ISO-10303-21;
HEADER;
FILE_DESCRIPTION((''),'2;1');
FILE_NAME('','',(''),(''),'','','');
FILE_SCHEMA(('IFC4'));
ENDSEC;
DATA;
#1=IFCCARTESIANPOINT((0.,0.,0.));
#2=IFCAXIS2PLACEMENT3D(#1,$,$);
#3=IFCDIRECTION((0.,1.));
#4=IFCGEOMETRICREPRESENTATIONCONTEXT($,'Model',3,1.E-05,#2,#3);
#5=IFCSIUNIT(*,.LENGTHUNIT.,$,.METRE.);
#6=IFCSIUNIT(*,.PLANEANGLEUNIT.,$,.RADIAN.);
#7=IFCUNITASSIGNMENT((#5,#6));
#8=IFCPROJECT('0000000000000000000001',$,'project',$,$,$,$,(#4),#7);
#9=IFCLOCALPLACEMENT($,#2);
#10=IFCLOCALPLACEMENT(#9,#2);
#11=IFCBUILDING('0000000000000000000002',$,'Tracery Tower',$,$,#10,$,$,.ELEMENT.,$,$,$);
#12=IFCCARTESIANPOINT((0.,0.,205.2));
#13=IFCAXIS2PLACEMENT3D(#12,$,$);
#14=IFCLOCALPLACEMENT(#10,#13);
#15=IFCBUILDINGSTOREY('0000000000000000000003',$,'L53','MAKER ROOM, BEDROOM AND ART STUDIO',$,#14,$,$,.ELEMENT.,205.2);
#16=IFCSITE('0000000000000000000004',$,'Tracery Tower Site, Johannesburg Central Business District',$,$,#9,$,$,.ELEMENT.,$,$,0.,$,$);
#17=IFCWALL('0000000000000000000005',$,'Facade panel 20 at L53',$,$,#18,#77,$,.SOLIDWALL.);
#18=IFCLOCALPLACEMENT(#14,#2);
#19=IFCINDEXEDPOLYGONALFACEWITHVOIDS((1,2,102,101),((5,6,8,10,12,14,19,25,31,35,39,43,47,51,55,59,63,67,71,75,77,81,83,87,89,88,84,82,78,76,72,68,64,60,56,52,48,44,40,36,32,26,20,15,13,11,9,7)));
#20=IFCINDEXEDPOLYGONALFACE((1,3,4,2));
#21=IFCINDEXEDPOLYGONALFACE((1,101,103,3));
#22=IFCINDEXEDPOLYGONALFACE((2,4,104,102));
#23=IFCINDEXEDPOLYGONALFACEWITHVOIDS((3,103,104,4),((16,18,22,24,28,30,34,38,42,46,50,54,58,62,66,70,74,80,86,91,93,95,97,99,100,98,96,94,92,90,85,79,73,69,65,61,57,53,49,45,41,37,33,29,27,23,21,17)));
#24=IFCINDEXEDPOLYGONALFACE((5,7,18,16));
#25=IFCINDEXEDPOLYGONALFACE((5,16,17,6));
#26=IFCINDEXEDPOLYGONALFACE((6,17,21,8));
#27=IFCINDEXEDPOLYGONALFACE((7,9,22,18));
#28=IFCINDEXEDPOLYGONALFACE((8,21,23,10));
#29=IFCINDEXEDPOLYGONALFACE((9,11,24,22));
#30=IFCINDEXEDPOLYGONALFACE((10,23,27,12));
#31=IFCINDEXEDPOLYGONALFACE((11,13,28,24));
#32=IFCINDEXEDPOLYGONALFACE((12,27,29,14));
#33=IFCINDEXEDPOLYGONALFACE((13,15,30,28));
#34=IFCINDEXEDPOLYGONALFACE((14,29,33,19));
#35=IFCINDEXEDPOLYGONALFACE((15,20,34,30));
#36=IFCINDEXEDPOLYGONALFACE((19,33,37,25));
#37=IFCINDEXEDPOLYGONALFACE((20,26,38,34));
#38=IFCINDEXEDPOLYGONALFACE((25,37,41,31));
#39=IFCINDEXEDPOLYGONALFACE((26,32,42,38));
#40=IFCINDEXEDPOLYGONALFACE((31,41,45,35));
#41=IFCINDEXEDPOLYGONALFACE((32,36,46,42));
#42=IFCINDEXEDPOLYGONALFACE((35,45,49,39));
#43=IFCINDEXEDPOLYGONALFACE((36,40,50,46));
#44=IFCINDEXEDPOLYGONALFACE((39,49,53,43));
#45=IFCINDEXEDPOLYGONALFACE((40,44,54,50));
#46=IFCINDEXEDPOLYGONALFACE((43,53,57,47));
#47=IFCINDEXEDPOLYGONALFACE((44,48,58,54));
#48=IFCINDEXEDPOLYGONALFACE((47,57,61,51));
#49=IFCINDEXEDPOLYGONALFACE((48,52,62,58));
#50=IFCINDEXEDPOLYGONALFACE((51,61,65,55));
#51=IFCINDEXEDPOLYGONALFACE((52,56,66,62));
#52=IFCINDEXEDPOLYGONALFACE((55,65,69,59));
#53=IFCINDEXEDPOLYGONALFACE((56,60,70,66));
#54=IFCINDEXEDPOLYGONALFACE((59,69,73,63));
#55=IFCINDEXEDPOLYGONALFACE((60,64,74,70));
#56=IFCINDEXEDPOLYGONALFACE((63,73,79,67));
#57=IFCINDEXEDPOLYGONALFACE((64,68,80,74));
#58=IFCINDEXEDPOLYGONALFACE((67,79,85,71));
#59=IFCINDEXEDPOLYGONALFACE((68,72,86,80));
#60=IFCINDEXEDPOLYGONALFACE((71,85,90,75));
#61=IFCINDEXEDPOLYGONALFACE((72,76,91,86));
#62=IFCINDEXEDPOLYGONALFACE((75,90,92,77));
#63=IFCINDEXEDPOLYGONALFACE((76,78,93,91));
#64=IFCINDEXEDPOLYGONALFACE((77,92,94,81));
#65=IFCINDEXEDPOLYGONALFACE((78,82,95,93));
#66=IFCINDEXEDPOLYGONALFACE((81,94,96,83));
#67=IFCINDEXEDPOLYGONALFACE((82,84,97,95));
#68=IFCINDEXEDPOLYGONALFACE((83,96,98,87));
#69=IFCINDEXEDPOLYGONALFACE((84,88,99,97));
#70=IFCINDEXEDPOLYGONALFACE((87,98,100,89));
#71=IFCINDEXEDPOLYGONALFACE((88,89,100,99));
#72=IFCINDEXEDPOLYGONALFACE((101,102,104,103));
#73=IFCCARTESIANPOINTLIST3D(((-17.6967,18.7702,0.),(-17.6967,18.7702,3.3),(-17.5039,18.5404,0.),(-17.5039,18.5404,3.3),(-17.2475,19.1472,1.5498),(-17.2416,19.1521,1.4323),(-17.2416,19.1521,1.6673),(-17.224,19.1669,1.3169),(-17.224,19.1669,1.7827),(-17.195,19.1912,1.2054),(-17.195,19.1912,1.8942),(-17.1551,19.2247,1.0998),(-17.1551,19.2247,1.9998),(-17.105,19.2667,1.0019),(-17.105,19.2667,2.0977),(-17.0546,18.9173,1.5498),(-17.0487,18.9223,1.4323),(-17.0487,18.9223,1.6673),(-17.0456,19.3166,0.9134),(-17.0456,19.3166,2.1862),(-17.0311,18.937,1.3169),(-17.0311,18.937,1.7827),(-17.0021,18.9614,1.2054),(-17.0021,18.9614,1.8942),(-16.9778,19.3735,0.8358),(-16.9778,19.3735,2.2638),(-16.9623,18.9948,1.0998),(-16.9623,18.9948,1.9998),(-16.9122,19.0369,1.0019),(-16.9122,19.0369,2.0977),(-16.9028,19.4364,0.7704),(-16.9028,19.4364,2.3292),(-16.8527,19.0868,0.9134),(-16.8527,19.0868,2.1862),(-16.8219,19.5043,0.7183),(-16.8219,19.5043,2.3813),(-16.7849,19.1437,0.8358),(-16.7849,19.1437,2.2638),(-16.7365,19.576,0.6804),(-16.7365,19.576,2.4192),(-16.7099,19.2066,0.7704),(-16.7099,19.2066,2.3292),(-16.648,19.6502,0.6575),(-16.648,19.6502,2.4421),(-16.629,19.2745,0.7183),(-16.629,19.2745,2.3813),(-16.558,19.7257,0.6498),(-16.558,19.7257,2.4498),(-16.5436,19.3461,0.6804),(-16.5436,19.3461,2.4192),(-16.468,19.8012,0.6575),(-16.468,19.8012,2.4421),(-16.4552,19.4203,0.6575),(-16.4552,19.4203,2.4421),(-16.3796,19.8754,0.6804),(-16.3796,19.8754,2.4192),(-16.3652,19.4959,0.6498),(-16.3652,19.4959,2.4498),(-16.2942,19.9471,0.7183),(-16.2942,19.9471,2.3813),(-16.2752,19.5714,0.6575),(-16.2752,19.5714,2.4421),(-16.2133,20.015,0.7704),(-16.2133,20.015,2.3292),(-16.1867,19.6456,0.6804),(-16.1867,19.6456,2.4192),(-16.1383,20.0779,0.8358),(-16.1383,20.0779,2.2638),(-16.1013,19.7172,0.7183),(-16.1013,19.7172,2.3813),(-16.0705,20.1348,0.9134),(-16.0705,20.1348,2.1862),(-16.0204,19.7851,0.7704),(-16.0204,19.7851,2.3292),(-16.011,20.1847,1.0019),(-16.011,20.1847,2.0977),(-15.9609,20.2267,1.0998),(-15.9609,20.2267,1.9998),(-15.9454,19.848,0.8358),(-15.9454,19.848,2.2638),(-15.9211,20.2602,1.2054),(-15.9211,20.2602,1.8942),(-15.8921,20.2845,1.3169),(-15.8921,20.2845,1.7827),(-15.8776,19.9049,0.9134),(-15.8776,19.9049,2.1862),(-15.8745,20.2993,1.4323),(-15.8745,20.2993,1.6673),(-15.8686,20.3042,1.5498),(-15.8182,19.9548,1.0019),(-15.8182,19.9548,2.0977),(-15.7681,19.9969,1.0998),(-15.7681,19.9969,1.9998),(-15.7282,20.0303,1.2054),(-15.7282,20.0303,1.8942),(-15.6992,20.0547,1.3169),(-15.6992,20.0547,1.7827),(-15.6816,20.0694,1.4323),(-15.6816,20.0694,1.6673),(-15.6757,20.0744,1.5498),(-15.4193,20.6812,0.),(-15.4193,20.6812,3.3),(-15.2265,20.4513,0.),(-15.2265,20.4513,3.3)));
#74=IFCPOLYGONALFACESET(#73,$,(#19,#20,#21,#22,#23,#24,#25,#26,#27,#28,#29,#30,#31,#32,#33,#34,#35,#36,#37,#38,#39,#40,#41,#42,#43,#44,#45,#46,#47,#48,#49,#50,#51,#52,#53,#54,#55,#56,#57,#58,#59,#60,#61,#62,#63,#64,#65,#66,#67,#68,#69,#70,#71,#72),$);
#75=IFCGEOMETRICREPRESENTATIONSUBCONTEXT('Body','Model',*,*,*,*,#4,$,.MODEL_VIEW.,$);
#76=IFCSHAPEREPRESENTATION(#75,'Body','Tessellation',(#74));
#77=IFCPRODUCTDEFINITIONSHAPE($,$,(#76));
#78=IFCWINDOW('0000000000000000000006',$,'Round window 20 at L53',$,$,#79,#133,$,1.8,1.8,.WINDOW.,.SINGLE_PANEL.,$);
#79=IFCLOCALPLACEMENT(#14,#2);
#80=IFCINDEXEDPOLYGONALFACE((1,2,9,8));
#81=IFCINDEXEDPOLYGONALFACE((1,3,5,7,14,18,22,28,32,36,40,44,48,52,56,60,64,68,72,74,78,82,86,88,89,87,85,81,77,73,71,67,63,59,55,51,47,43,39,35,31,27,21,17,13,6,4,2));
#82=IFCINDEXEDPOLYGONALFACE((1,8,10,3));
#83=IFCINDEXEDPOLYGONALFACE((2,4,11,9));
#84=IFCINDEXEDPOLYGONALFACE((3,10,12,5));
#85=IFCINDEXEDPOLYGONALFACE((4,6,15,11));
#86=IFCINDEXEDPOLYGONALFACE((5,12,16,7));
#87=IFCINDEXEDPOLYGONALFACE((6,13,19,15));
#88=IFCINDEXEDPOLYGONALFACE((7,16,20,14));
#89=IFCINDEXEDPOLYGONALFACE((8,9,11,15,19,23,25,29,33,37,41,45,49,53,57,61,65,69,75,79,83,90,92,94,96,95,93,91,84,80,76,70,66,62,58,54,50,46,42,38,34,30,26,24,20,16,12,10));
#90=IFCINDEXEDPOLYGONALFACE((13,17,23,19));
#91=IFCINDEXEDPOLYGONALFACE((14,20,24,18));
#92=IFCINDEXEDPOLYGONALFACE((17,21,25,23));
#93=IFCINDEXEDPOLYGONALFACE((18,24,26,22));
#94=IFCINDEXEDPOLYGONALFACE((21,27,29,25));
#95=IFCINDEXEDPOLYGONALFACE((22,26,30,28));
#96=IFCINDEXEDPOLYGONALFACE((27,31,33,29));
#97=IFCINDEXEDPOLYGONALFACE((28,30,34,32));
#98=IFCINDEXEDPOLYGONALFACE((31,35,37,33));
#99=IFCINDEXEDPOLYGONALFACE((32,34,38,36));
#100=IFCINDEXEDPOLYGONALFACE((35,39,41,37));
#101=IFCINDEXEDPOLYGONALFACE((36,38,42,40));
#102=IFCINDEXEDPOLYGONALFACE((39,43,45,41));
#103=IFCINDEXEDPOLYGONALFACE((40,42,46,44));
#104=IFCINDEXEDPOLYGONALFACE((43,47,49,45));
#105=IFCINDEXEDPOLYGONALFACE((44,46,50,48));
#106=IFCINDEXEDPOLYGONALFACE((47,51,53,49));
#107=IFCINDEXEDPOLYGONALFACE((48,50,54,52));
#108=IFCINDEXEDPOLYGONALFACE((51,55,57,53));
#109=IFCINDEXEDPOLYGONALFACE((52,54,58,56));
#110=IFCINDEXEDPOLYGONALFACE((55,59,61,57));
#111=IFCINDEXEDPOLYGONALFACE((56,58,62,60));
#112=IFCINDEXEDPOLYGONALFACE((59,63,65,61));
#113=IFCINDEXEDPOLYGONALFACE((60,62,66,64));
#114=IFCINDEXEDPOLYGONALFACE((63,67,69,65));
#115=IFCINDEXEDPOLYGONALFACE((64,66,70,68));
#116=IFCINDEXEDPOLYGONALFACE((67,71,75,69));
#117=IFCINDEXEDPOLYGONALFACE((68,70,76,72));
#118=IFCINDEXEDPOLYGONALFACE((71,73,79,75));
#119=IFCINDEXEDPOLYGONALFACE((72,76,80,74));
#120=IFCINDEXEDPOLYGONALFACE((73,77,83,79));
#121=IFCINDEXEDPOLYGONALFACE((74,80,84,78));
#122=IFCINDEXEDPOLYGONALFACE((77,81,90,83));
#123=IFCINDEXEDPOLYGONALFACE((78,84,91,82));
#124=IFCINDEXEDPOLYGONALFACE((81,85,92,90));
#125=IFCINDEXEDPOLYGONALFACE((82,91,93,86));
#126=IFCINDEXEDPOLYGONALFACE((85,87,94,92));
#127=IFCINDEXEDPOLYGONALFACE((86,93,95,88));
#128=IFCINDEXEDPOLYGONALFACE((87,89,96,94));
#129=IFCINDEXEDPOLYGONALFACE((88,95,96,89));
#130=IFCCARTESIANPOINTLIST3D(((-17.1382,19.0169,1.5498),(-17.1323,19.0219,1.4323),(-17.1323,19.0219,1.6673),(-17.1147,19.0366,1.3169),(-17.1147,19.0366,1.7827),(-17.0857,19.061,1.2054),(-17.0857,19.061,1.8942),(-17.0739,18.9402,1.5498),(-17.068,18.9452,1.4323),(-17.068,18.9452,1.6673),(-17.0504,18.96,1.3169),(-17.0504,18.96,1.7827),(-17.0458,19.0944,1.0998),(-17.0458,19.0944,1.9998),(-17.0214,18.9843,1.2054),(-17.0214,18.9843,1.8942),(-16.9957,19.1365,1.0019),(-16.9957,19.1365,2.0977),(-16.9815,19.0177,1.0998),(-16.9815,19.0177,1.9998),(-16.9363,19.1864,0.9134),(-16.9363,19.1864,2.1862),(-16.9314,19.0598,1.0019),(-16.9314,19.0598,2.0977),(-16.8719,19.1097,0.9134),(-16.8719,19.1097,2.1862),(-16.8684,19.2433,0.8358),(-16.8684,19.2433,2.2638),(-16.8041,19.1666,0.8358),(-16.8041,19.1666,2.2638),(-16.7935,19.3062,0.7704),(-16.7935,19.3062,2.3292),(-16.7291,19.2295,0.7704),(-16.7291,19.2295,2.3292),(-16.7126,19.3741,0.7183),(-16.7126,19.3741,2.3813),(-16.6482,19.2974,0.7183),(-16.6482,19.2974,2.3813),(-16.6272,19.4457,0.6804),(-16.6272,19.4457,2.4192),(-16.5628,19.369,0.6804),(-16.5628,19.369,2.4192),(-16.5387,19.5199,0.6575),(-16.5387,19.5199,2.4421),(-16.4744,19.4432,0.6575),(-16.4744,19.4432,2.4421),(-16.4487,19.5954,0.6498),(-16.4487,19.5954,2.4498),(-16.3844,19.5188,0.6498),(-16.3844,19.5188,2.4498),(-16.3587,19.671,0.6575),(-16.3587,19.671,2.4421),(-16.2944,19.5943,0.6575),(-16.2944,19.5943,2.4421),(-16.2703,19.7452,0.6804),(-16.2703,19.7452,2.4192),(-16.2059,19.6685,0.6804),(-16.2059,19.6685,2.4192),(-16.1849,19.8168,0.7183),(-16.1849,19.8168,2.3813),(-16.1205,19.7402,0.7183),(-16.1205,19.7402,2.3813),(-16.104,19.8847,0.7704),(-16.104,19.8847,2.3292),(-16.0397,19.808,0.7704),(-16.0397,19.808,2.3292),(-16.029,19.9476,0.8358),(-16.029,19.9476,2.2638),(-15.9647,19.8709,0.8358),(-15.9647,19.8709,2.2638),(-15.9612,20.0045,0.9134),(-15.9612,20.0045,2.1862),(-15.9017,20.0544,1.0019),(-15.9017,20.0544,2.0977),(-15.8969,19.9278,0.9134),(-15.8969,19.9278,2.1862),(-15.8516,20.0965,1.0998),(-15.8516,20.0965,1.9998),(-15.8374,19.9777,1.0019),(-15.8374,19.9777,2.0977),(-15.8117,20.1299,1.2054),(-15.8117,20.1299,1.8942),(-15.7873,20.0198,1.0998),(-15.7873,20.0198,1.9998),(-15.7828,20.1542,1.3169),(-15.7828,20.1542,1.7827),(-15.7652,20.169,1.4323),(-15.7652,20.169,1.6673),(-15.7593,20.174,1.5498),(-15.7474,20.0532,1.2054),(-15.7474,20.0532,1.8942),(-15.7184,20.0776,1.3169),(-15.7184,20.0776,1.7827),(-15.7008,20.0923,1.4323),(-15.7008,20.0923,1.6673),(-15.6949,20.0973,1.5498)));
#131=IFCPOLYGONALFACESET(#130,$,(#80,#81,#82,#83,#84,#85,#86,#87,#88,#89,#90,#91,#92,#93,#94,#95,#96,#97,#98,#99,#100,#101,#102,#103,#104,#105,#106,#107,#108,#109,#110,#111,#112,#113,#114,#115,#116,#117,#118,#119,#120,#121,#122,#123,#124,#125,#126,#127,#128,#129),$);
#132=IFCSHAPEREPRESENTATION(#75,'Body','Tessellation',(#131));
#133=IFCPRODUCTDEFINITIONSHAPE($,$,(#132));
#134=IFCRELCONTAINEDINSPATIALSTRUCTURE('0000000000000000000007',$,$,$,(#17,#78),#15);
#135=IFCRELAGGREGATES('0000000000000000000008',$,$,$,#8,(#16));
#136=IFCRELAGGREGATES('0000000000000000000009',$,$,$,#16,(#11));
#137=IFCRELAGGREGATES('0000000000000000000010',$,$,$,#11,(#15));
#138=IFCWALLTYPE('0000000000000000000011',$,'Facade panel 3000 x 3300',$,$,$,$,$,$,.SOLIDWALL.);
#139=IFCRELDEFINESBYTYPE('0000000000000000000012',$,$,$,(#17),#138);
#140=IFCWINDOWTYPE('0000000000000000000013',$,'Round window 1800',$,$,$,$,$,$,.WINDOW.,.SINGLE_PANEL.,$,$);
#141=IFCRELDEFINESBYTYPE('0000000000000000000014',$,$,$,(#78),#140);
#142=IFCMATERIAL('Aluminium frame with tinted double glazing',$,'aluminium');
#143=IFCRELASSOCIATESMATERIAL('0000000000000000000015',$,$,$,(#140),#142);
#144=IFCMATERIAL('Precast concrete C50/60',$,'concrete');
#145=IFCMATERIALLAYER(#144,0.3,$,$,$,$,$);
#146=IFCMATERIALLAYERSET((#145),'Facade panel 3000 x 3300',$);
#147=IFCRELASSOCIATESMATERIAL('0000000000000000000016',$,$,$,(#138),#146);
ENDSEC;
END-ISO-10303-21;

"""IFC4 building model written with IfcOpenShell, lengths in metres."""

from ifc_helpers import new_model, si_unit, direction, frame, frame_2d, origin, origin_2d, place, context, subcontext, project, spatial, rectangle, circle, extrude, material, layer, layer_set, type_object, element, fill, save


model = new_model("IFC4")

# Units and contexts
model_context = context("Model", 3, precision=1e-05, world=origin(), true_north=direction((0.0, 1.0)))
body_context = subcontext(model_context, "Body", "Model", "MODEL_VIEW")
ifc_project = project(units=[si_unit("LENGTHUNIT", "METRE"), si_unit("PLANEANGLEUNIT", "RADIAN")], contexts=[model_context])

# Site, building, storey
site_placement = place(None, origin())
site = spatial("IfcSite", under=ifc_project, at=site_placement, Name="Tracery Tower Site, Johannesburg Central Business District", CompositionType="ELEMENT", RefElevation=0.0)
building_placement = place(site_placement, origin())
building = spatial("IfcBuilding", under=site, at=building_placement, Name="Tracery Tower", CompositionType="ELEMENT")
storey_placement = place(building_placement, frame((0.0, 0.0, 205.2)))
storey = spatial("IfcBuildingStorey", under=building, at=storey_placement, Name="L53", Description="MAKER ROOM, BEDROOM AND ART STUDIO", CompositionType="ELEMENT", Elevation=205.2)

# Wall, opening, window
ifc_material_1 = material(Name="Aluminium frame with tinted double glazing", Category="aluminium")
window_type = type_object("IfcWindowType", Name="Round window 1800", PartitioningType="SINGLE_PANEL", PredefinedType="WINDOW", material=ifc_material_1)
ifc_material_2 = material(Name="Precast concrete C50/60", Category="concrete")
ifc_layer_1 = layer(ifc_material_2, 0.3)
ifc_layer_set_1 = layer_set([ifc_layer_1], Name="Facade panel 3000 x 3300")
wall_type_1 = type_object("IfcWallType", Name="Facade panel 3000 x 3300", PredefinedType="SOLIDWALL", material=ifc_layer_set_1)
wall_1_placement = place(storey_placement, frame((-15.323, 20.5662, 0.0), z_axis=(0.0, 0.0, 1.0), x_axis=(-0.766049, -0.642782, 0.0)))
wall_1 = element("IfcWall", 1, at=wall_1_placement, inside=storey, type_object=wall_type_1, Name="Facade panel 20 at L53", PredefinedType="SOLIDWALL", context=body_context, shape_type="SweptSolid", body=[
    extrude(rectangle(XDim=2.9729, YDim=0.3, at=frame_2d((1.4863, 0.0))), origin(), (0.0, 0.0, 1.0), 3.3),
])
opening_1_placement = place(wall_1_placement, frame((1.4863, 0.0, 1.5498)))
opening_1 = element("IfcOpeningElement", 2, at=opening_1_placement, cuts=wall_1, PredefinedType="OPENING", context=body_context, shape_type="SweptSolid", body=[
    extrude(circle(Radius=0.9, at=origin_2d()), frame((0.0, 0.1599, 0.0), z_axis=(0.0, -1.0, 0.0), x_axis=(1.0, 0.0, 0.0)), (0.0, 0.0, 1.0), 0.3201),
])
window_1_placement = place(opening_1_placement, origin())
window_1 = element("IfcWindow", 3, at=window_1_placement, inside=storey, type_object=window_type, Name="Round window 20 at L53", OverallHeight=1.8, OverallWidth=1.8, PartitioningType="SINGLE_PANEL", PredefinedType="WINDOW", context=body_context, shape_type="SweptSolid", body=[
    extrude(circle(Radius=0.9, at=origin_2d()), frame((0.0, 0.1201, 0.0), z_axis=(0.0, -1.0, 0.0), x_axis=(1.0, 0.0, 0.0)), (0.0, 0.0, 1.0), 0.1001),
])
fill(opening_1, window_1)

save(model, "model.ifc")
